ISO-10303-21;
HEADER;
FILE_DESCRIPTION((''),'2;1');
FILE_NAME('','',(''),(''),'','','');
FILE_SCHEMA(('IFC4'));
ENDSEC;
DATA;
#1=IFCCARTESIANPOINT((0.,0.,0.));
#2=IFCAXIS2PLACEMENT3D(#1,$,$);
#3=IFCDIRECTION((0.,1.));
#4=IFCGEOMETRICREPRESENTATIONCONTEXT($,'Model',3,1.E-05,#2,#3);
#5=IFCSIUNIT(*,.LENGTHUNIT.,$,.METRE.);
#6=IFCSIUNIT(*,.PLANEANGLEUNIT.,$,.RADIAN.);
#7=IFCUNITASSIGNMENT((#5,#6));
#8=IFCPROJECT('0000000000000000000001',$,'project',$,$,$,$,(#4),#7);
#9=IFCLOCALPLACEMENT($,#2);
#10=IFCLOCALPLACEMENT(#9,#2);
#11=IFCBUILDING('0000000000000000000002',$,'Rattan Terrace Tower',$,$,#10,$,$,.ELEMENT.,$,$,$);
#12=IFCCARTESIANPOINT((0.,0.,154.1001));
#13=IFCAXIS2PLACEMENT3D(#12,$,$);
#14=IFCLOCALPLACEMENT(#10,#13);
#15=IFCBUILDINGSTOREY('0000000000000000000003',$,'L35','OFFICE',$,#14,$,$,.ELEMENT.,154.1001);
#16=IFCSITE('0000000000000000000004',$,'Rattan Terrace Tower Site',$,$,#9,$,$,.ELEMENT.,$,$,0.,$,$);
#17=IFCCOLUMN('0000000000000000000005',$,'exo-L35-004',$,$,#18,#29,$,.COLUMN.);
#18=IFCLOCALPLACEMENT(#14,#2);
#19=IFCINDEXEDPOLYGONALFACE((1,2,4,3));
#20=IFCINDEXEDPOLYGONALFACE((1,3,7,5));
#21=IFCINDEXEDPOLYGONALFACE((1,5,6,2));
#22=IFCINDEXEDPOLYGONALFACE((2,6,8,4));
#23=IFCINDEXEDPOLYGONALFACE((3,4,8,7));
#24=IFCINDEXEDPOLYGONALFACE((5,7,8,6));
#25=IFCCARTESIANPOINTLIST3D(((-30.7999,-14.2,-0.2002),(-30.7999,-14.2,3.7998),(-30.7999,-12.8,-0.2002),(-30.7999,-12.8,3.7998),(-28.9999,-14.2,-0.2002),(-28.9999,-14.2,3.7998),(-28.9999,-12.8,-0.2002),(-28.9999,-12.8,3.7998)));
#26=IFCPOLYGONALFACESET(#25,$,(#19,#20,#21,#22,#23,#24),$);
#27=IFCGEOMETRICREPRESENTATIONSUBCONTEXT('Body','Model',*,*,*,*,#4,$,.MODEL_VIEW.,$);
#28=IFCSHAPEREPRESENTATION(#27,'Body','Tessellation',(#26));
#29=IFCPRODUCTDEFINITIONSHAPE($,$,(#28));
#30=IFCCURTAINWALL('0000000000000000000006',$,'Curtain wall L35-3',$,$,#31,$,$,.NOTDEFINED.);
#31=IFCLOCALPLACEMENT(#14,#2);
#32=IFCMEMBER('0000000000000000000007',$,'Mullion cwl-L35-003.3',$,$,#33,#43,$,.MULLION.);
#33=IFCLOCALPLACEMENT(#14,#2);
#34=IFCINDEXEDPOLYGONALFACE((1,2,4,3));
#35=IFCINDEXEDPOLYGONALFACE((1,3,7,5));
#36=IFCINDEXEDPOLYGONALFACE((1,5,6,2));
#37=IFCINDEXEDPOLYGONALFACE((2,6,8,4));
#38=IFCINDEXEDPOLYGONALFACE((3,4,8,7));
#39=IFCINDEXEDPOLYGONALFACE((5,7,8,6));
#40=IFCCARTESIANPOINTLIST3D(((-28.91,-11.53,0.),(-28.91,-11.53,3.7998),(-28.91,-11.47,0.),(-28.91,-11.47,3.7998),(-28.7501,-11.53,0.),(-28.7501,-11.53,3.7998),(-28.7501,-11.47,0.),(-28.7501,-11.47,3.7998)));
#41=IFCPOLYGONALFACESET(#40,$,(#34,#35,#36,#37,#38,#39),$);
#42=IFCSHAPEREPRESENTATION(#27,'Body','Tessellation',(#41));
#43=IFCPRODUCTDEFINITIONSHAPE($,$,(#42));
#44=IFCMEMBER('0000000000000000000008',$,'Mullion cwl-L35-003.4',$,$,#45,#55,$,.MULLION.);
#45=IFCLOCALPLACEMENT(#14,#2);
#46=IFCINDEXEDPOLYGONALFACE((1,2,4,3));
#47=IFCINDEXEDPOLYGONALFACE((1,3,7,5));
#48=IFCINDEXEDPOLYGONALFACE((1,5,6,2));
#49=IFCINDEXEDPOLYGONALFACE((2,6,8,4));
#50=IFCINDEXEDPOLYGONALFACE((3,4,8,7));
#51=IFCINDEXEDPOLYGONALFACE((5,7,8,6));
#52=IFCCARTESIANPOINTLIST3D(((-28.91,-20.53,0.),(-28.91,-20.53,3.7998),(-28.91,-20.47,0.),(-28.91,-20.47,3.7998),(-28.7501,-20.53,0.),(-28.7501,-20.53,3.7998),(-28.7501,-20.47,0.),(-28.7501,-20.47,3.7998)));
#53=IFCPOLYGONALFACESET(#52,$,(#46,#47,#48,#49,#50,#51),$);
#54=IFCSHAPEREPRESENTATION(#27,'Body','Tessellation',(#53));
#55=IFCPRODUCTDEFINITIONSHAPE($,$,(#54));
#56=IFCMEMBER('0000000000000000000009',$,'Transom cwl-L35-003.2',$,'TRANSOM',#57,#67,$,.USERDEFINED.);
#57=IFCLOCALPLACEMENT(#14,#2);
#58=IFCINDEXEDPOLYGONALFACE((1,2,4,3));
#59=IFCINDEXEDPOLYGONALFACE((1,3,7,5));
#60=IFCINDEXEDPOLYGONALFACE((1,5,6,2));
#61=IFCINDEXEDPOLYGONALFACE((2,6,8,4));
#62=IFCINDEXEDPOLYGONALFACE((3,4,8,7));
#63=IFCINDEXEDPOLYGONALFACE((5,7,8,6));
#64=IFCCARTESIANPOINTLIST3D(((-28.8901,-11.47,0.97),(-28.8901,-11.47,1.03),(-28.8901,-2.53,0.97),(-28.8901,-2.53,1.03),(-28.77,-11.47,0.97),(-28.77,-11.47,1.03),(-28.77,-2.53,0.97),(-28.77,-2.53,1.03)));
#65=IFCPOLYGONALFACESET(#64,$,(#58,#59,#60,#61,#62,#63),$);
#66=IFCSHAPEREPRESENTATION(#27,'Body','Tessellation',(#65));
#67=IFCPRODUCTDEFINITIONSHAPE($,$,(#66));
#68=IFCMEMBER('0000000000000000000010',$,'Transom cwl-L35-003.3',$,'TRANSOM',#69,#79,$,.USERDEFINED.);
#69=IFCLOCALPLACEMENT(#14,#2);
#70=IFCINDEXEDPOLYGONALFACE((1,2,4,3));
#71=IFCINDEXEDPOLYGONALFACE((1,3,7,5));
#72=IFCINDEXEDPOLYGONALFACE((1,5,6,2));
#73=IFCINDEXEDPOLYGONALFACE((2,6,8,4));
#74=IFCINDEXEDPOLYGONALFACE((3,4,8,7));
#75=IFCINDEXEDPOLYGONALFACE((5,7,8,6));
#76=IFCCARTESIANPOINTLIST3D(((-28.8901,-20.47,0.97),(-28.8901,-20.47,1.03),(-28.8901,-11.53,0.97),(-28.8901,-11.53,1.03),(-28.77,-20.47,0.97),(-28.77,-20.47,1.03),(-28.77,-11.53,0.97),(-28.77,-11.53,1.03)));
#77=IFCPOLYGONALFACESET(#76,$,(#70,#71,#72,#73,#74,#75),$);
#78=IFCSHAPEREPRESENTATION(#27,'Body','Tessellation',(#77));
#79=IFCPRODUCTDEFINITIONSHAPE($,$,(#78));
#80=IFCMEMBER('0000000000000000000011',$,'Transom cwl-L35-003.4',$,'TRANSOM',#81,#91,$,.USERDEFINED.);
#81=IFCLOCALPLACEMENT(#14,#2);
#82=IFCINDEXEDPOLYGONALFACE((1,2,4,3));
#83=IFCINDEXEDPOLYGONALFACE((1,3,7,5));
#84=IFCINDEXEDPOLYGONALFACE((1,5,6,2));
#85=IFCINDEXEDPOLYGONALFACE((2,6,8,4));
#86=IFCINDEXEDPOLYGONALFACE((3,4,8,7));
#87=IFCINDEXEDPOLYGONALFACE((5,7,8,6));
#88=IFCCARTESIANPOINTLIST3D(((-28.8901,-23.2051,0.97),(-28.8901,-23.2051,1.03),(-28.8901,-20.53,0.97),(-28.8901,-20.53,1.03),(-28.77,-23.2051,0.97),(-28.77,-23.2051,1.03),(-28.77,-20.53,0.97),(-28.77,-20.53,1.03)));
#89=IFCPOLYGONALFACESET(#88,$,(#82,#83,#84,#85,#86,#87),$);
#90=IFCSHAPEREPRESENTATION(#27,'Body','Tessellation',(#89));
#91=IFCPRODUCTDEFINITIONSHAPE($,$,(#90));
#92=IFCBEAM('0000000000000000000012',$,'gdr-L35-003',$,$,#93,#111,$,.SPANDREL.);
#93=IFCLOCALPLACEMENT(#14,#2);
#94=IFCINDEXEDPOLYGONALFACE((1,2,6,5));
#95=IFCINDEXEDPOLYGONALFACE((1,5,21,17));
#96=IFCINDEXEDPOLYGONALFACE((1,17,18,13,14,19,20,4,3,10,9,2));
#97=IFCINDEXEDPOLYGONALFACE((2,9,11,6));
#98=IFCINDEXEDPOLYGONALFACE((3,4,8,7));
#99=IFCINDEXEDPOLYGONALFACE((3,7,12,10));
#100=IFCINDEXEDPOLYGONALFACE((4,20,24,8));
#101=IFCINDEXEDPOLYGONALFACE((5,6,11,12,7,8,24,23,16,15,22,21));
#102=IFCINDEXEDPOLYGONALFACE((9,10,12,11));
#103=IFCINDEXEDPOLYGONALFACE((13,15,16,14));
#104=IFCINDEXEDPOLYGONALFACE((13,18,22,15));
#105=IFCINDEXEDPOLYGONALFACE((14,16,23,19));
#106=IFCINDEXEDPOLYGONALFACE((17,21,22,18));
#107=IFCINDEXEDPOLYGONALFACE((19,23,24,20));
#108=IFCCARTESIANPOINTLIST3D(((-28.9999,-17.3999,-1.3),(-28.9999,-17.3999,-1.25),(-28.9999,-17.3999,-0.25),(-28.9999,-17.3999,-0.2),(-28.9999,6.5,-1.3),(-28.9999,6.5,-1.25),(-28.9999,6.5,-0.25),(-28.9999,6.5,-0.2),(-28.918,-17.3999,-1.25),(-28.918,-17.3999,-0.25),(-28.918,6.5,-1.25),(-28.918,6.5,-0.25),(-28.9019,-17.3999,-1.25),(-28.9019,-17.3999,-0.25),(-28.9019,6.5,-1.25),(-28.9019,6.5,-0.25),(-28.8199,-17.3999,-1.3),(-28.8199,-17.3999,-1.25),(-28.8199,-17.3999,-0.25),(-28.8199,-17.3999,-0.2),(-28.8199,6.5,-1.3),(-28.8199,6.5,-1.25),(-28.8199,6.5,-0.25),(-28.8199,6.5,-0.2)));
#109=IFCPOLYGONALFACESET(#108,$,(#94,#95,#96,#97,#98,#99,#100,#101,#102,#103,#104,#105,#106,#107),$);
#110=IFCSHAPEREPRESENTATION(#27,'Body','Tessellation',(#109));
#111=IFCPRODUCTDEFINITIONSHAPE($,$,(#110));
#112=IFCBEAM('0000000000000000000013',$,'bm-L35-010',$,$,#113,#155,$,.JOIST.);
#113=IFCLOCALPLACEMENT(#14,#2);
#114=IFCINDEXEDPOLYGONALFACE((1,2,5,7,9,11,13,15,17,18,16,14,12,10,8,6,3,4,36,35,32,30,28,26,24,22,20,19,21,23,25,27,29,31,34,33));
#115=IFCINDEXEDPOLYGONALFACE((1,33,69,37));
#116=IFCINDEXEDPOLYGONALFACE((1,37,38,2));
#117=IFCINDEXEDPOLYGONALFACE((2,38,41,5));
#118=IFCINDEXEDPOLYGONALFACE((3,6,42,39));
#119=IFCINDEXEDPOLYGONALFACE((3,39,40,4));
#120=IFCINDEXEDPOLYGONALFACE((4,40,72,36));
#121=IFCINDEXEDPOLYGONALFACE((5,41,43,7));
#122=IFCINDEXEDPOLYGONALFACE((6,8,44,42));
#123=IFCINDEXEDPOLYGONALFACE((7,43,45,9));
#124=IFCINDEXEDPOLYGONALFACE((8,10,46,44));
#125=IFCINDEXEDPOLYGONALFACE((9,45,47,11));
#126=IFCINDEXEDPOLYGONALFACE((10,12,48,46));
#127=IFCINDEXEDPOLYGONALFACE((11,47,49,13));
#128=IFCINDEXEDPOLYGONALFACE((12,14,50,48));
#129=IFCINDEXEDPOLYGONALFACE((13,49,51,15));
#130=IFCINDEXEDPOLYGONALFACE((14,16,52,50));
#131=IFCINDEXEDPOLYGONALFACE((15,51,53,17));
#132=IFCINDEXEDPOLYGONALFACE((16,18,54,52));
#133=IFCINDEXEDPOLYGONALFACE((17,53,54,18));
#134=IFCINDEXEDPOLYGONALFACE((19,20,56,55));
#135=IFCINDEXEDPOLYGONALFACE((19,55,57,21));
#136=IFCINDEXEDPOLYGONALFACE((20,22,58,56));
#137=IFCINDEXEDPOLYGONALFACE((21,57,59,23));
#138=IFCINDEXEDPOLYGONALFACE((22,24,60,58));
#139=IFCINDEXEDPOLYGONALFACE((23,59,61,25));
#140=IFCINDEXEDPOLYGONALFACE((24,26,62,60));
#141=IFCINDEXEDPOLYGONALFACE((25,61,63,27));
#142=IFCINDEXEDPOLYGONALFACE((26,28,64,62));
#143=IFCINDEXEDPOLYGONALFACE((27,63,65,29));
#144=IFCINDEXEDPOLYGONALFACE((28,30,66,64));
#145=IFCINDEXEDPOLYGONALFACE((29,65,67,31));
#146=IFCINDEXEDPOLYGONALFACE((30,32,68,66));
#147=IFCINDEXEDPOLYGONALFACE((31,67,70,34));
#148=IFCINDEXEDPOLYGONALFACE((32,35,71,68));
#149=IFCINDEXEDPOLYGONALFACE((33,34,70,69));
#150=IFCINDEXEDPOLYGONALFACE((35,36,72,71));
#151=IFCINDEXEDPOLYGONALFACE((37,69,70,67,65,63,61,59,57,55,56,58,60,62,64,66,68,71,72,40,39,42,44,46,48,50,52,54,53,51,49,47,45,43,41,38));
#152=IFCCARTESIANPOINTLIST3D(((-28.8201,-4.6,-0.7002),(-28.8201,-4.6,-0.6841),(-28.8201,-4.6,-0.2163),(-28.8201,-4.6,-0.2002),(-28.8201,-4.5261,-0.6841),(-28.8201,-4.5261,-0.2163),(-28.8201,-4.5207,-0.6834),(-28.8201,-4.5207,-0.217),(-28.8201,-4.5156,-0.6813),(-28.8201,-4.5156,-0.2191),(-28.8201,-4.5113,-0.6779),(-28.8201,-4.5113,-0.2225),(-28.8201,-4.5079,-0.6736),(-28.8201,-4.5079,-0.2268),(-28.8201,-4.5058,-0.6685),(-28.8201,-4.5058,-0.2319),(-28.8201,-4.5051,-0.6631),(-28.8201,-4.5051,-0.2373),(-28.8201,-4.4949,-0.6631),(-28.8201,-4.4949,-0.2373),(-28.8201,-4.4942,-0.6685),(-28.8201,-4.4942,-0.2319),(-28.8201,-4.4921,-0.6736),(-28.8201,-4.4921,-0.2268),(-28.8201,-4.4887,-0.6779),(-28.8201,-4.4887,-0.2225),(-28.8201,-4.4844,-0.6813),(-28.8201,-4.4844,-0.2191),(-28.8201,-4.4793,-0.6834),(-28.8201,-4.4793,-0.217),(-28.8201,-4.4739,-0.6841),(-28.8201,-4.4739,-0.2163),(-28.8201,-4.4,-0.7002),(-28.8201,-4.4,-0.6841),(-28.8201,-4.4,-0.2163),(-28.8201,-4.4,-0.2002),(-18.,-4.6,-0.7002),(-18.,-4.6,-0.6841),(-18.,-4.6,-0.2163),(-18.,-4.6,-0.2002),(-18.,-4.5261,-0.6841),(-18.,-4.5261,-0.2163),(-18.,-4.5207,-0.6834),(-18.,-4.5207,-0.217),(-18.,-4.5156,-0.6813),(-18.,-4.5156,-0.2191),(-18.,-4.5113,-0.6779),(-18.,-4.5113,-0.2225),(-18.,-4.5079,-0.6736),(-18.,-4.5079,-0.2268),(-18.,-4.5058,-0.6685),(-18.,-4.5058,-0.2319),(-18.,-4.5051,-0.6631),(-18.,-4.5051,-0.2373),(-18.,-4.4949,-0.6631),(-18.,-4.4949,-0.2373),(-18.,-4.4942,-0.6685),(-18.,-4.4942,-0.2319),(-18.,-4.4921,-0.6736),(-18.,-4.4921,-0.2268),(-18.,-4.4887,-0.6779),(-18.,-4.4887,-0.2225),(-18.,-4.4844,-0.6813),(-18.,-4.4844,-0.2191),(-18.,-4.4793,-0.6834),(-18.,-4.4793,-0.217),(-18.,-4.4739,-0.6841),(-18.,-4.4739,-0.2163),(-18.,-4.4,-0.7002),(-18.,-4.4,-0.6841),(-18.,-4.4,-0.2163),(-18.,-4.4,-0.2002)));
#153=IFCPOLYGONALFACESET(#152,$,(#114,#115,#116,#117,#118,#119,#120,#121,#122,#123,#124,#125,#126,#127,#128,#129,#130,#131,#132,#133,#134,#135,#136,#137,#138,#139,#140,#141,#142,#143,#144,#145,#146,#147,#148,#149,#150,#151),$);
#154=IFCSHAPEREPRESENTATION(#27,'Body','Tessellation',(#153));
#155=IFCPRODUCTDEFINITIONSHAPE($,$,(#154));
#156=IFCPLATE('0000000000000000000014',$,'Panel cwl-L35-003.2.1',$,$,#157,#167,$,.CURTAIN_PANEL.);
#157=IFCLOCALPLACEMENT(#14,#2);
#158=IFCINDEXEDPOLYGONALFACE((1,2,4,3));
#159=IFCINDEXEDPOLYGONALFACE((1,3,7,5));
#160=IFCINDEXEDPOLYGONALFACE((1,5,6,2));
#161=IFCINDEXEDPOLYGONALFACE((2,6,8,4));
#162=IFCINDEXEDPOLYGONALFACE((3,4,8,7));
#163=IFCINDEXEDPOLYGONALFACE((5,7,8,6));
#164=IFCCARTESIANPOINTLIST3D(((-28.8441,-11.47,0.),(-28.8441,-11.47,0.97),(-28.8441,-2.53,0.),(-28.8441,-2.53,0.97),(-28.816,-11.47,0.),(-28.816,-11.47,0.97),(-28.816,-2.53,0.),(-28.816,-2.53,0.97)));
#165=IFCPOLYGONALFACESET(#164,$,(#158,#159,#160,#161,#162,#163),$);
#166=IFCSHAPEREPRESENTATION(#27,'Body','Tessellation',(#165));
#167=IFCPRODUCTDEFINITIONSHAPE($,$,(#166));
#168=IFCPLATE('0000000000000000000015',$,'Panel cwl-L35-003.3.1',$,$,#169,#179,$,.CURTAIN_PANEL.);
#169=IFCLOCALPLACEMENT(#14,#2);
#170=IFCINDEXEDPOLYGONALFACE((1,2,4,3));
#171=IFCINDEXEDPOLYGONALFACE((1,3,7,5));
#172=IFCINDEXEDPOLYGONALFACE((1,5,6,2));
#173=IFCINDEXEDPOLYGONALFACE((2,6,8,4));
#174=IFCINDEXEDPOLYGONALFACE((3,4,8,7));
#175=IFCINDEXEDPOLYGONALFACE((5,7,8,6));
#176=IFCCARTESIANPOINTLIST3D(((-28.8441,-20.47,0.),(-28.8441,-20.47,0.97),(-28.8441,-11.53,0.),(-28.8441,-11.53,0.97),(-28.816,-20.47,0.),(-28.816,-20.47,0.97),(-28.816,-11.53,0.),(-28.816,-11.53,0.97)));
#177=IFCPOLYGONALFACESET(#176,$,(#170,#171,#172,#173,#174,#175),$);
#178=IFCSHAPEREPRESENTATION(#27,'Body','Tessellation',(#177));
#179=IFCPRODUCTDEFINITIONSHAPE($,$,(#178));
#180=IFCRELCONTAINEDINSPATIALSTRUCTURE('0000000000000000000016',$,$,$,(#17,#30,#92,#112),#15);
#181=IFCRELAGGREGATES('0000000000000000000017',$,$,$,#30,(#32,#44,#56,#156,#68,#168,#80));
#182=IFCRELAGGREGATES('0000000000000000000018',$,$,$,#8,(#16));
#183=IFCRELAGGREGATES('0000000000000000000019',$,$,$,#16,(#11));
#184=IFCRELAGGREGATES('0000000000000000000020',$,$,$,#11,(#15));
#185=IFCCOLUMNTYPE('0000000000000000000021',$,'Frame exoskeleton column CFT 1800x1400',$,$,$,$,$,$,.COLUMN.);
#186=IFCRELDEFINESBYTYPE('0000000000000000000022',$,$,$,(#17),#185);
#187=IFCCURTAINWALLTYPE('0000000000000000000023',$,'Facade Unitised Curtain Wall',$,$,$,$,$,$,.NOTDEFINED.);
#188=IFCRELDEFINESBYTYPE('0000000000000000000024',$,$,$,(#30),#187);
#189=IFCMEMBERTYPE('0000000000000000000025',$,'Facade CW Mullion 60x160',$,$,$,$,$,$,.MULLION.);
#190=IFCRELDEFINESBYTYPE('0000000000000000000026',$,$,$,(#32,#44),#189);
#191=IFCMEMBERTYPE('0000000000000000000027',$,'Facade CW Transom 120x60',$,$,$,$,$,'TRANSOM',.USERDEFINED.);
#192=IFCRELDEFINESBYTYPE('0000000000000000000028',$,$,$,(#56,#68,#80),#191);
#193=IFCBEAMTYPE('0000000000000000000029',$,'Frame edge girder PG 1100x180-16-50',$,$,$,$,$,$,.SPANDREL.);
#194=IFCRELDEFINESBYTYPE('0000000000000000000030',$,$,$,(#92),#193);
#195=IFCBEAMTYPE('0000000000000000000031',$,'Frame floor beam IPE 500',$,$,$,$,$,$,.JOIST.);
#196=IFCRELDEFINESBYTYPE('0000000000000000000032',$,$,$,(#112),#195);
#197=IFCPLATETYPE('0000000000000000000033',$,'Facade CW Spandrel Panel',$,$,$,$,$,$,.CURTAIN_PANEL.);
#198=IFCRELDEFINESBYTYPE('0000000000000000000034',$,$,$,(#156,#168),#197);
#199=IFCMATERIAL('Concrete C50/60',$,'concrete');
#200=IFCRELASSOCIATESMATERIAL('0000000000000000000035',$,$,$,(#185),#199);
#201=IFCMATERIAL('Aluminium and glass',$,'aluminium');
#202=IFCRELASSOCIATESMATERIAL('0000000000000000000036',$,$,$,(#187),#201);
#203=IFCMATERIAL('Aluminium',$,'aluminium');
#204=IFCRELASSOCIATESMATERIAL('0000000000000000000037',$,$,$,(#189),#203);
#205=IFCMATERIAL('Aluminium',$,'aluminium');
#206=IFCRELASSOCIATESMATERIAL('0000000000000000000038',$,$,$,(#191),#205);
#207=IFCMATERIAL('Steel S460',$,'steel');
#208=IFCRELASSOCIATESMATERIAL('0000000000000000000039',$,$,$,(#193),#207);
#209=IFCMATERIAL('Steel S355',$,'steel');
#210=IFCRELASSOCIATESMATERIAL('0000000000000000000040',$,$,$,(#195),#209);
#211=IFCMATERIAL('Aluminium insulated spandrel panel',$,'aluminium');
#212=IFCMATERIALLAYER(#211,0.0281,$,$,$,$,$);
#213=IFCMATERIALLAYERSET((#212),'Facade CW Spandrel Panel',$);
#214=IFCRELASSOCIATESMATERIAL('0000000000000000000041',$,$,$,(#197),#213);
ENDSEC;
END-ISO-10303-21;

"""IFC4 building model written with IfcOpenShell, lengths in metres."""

from ifc_helpers import new_model, si_unit, direction, frame, origin, origin_2d, place, context, subcontext, project, spatial, rectangle, i_section, extrude, material, layer, layer_set, material_profile, profile_set, type_object, element, aggregate, save


model = new_model("IFC4")

# Units and contexts
model_context = context("Model", 3, precision=1e-05, world=origin(), true_north=direction((0.0, 1.0)))
body_context = subcontext(model_context, "Body", "Model", "MODEL_VIEW")
ifc_project = project(units=[si_unit("LENGTHUNIT", "METRE"), si_unit("PLANEANGLEUNIT", "RADIAN")], contexts=[model_context])

# Site, building, storey
site_placement = place(None, origin())
site = spatial("IfcSite", under=ifc_project, at=site_placement, Name="Rattan Terrace Tower Site", CompositionType="ELEMENT", RefElevation=0.0)
building_placement = place(site_placement, origin())
building = spatial("IfcBuilding", under=site, at=building_placement, Name="Rattan Terrace Tower", CompositionType="ELEMENT")
storey_placement = place(building_placement, frame((0.0, 0.0, 154.1001)))
storey = spatial("IfcBuildingStorey", under=building, at=storey_placement, Name="L35", Description="OFFICE", CompositionType="ELEMENT", Elevation=154.1001)

# Column
ifc_material_1 = material(Name="Concrete C50/60", Category="concrete")
ifc_material_profile_1 = material_profile(ifc_material_1, rectangle(XDim=1.3999, YDim=1.8, at=origin_2d()), Name="CFT 1800x1400")
ifc_profile_set_1 = profile_set([ifc_material_profile_1], Name="Concrete C50/60")
column_type = type_object("IfcColumnType", Name="Frame exoskeleton column CFT 1800x1400", PredefinedType="COLUMN", material=ifc_profile_set_1)
column_placement = place(storey_placement, frame((-29.8999, -13.5, -0.2002), z_axis=(0.0, 0.0, 1.0), x_axis=(0.0, 1.0, 0.0)))
element("IfcColumn", 1, at=column_placement, inside=storey, type_object=column_type, Name="exo-L35-004", PredefinedType="COLUMN", context=body_context, shape_type="SweptSolid", body=[
    extrude(rectangle(XDim=1.3999, YDim=1.8, at=origin_2d()), origin(), (0.0, 0.0, 1.0), 4.0),
])

# Curtain wall, members
ifc_material_2 = material(Name="Aluminium and glass", Category="aluminium")
curtain_wall_type = type_object("IfcCurtainWallType", Name="Facade Unitised Curtain Wall", PredefinedType="NOTDEFINED", material=ifc_material_2)
curtain_wall_placement = place(storey_placement, origin())
curtain_wall = element("IfcCurtainWall", 2, at=curtain_wall_placement, inside=storey, type_object=curtain_wall_type, Name="Curtain wall L35-3", PredefinedType="NOTDEFINED")
ifc_material_3 = material(Name="Aluminium", Category="aluminium")
ifc_material_profile_2 = material_profile(ifc_material_3, rectangle(XDim=0.0601, YDim=0.1599, at=origin_2d()), Name="Aluminium 60x160")
ifc_profile_set_2 = profile_set([ifc_material_profile_2], Name="Aluminium")
member_type_1 = type_object("IfcMemberType", Name="Facade CW Mullion 60x160", PredefinedType="MULLION", material=ifc_profile_set_2)
member_1_placement = place(storey_placement, frame((-28.8301, -11.5, 0.0), z_axis=(0.0, 0.0, 1.0), x_axis=(0.0, -1.0, 0.0)))
member_1 = element("IfcMember", 3, at=member_1_placement, type_object=member_type_1, Name="Mullion cwl-L35-003.3", PredefinedType="MULLION", context=body_context, shape_type="SweptSolid", body=[
    extrude(rectangle(XDim=0.0601, YDim=0.1599, at=origin_2d()), origin(), (0.0, 0.0, 1.0), 3.7998),
])
member_2_placement = place(storey_placement, frame((-28.8301, -20.5, 0.0), z_axis=(0.0, 0.0, 1.0), x_axis=(0.0, -1.0, 0.0)))
member_2 = element("IfcMember", 4, at=member_2_placement, type_object=member_type_1, Name="Mullion cwl-L35-003.4", PredefinedType="MULLION", context=body_context, shape_type="SweptSolid", body=[
    extrude(rectangle(XDim=0.0601, YDim=0.1599, at=origin_2d()), origin(), (0.0, 0.0, 1.0), 3.7998),
])
ifc_material_4 = material(Name="Aluminium", Category="aluminium")
ifc_material_profile_3 = material_profile(ifc_material_4, rectangle(XDim=0.1201, YDim=0.0601, at=origin_2d()), Name="Aluminium 120x60")
ifc_profile_set_3 = profile_set([ifc_material_profile_3], Name="Aluminium")
member_type_2 = type_object("IfcMemberType", Name="Facade CW Transom 120x60", ElementType="TRANSOM", PredefinedType="USERDEFINED", material=ifc_profile_set_3)
member_3_placement = place(storey_placement, frame((-28.8301, -2.53, 1.0), z_axis=(0.0, -1.0, 0.0), x_axis=(1.0, 0.0, 0.0)))
member_3 = element("IfcMember", 5, at=member_3_placement, type_object=member_type_2, Name="Transom cwl-L35-003.2", ObjectType="TRANSOM", PredefinedType="USERDEFINED", context=body_context, shape_type="SweptSolid", body=[
    extrude(rectangle(XDim=0.1201, YDim=0.0601, at=origin_2d()), origin(), (0.0, 0.0, 1.0), 8.9399),
])
member_4_placement = place(storey_placement, frame((-28.8301, -11.53, 1.0), z_axis=(0.0, -1.0, 0.0), x_axis=(1.0, 0.0, 0.0)))
member_4 = element("IfcMember", 6, at=member_4_placement, type_object=member_type_2, Name="Transom cwl-L35-003.3", ObjectType="TRANSOM", PredefinedType="USERDEFINED", context=body_context, shape_type="SweptSolid", body=[
    extrude(rectangle(XDim=0.1201, YDim=0.0601, at=origin_2d()), origin(), (0.0, 0.0, 1.0), 8.9399),
])
member_5_placement = place(storey_placement, frame((-28.8301, -20.53, 1.0), z_axis=(0.0, -1.0, 0.0), x_axis=(1.0, 0.0, 0.0)))
member_5 = element("IfcMember", 7, at=member_5_placement, type_object=member_type_2, Name="Transom cwl-L35-003.4", ObjectType="TRANSOM", PredefinedType="USERDEFINED", context=body_context, shape_type="SweptSolid", body=[
    extrude(rectangle(XDim=0.1201, YDim=0.0601, at=origin_2d()), origin(), (0.0, 0.0, 1.0), 2.675),
])

# Beams
ifc_material_5 = material(Name="Steel S460", Category="steel")
ifc_material_profile_4 = material_profile(ifc_material_5, i_section(OverallWidth=0.1799, OverallDepth=1.1001, WebThickness=0.0161, FlangeThickness=0.05, at=origin_2d()), Name="PG 1100x180-16-50")
ifc_profile_set_4 = profile_set([ifc_material_profile_4], Name="Steel S460")
beam_type_1 = type_object("IfcBeamType", Name="Frame edge girder PG 1100x180-16-50", PredefinedType="SPANDREL", material=ifc_profile_set_4)
beam_1_placement = place(storey_placement, frame((-28.9099, -17.3999, -0.75), z_axis=(0.0, 1.0, 0.0), x_axis=(-1.0, 0.0, 0.0)))
element("IfcBeam", 8, at=beam_1_placement, inside=storey, type_object=beam_type_1, Name="gdr-L35-003", PredefinedType="SPANDREL", context=body_context, shape_type="SweptSolid", body=[
    extrude(i_section(OverallWidth=0.1799, OverallDepth=1.1001, WebThickness=0.0161, FlangeThickness=0.05, at=origin_2d()), origin(), (0.0, 0.0, 1.0), 23.8999),
])
ifc_material_6 = material(Name="Steel S355", Category="steel")
ifc_material_profile_5 = material_profile(ifc_material_6, i_section(OverallWidth=0.2, OverallDepth=0.5, WebThickness=0.0103, FlangeThickness=0.0161, FilletRadius=0.021, at=origin_2d()), Name="IPE 500")
ifc_profile_set_5 = profile_set([ifc_material_profile_5], Name="Steel S355")
beam_type_2 = type_object("IfcBeamType", Name="Frame floor beam IPE 500", PredefinedType="JOIST", material=ifc_profile_set_5)
beam_2_placement = place(storey_placement, frame((-28.8201, -4.5, -0.4502), z_axis=(1.0, 0.0, 0.0), x_axis=(0.0, 1.0, 0.0)))
element("IfcBeam", 9, at=beam_2_placement, inside=storey, type_object=beam_type_2, Name="bm-L35-010", PredefinedType="JOIST", context=body_context, shape_type="SweptSolid", body=[
    extrude(i_section(OverallWidth=0.2, OverallDepth=0.5, WebThickness=0.0103, FlangeThickness=0.0161, FilletRadius=0.021, at=origin_2d()), origin(), (0.0, 0.0, 1.0), 10.8201),
])

# Plates
ifc_material_7 = material(Name="Aluminium insulated spandrel panel", Category="aluminium")
ifc_layer_1 = layer(ifc_material_7, 0.0281)
ifc_layer_set_1 = layer_set([ifc_layer_1], Name="Facade CW Spandrel Panel")
plate_type_1 = type_object("IfcPlateType", Name="Facade CW Spandrel Panel", PredefinedType="CURTAIN_PANEL", material=ifc_layer_set_1)
plate_1_placement = place(storey_placement, frame((-28.8301, -7.0, 0.0), z_axis=(0.0, 0.0, 1.0), x_axis=(0.0, -1.0, 0.0)))
plate_1 = element("IfcPlate", 10, at=plate_1_placement, type_object=plate_type_1, Name="Panel cwl-L35-003.2.1", PredefinedType="CURTAIN_PANEL", context=body_context, shape_type="SweptSolid", body=[
    extrude(rectangle(XDim=8.9399, YDim=0.0281, at=origin_2d()), origin(), (0.0, 0.0, 1.0), 0.97),
])
plate_2_placement = place(storey_placement, frame((-28.8301, -16.0, 0.0), z_axis=(0.0, 0.0, 1.0), x_axis=(0.0, -1.0, 0.0)))
plate_2 = element("IfcPlate", 11, at=plate_2_placement, type_object=plate_type_1, Name="Panel cwl-L35-003.3.1", PredefinedType="CURTAIN_PANEL", context=body_context, shape_type="SweptSolid", body=[
    extrude(rectangle(XDim=8.9399, YDim=0.0281, at=origin_2d()), origin(), (0.0, 0.0, 1.0), 0.97),
])
aggregate(curtain_wall, [member_1, member_2, member_3, plate_1, member_4, plate_2, member_5])

save(model, "model.ifc")
